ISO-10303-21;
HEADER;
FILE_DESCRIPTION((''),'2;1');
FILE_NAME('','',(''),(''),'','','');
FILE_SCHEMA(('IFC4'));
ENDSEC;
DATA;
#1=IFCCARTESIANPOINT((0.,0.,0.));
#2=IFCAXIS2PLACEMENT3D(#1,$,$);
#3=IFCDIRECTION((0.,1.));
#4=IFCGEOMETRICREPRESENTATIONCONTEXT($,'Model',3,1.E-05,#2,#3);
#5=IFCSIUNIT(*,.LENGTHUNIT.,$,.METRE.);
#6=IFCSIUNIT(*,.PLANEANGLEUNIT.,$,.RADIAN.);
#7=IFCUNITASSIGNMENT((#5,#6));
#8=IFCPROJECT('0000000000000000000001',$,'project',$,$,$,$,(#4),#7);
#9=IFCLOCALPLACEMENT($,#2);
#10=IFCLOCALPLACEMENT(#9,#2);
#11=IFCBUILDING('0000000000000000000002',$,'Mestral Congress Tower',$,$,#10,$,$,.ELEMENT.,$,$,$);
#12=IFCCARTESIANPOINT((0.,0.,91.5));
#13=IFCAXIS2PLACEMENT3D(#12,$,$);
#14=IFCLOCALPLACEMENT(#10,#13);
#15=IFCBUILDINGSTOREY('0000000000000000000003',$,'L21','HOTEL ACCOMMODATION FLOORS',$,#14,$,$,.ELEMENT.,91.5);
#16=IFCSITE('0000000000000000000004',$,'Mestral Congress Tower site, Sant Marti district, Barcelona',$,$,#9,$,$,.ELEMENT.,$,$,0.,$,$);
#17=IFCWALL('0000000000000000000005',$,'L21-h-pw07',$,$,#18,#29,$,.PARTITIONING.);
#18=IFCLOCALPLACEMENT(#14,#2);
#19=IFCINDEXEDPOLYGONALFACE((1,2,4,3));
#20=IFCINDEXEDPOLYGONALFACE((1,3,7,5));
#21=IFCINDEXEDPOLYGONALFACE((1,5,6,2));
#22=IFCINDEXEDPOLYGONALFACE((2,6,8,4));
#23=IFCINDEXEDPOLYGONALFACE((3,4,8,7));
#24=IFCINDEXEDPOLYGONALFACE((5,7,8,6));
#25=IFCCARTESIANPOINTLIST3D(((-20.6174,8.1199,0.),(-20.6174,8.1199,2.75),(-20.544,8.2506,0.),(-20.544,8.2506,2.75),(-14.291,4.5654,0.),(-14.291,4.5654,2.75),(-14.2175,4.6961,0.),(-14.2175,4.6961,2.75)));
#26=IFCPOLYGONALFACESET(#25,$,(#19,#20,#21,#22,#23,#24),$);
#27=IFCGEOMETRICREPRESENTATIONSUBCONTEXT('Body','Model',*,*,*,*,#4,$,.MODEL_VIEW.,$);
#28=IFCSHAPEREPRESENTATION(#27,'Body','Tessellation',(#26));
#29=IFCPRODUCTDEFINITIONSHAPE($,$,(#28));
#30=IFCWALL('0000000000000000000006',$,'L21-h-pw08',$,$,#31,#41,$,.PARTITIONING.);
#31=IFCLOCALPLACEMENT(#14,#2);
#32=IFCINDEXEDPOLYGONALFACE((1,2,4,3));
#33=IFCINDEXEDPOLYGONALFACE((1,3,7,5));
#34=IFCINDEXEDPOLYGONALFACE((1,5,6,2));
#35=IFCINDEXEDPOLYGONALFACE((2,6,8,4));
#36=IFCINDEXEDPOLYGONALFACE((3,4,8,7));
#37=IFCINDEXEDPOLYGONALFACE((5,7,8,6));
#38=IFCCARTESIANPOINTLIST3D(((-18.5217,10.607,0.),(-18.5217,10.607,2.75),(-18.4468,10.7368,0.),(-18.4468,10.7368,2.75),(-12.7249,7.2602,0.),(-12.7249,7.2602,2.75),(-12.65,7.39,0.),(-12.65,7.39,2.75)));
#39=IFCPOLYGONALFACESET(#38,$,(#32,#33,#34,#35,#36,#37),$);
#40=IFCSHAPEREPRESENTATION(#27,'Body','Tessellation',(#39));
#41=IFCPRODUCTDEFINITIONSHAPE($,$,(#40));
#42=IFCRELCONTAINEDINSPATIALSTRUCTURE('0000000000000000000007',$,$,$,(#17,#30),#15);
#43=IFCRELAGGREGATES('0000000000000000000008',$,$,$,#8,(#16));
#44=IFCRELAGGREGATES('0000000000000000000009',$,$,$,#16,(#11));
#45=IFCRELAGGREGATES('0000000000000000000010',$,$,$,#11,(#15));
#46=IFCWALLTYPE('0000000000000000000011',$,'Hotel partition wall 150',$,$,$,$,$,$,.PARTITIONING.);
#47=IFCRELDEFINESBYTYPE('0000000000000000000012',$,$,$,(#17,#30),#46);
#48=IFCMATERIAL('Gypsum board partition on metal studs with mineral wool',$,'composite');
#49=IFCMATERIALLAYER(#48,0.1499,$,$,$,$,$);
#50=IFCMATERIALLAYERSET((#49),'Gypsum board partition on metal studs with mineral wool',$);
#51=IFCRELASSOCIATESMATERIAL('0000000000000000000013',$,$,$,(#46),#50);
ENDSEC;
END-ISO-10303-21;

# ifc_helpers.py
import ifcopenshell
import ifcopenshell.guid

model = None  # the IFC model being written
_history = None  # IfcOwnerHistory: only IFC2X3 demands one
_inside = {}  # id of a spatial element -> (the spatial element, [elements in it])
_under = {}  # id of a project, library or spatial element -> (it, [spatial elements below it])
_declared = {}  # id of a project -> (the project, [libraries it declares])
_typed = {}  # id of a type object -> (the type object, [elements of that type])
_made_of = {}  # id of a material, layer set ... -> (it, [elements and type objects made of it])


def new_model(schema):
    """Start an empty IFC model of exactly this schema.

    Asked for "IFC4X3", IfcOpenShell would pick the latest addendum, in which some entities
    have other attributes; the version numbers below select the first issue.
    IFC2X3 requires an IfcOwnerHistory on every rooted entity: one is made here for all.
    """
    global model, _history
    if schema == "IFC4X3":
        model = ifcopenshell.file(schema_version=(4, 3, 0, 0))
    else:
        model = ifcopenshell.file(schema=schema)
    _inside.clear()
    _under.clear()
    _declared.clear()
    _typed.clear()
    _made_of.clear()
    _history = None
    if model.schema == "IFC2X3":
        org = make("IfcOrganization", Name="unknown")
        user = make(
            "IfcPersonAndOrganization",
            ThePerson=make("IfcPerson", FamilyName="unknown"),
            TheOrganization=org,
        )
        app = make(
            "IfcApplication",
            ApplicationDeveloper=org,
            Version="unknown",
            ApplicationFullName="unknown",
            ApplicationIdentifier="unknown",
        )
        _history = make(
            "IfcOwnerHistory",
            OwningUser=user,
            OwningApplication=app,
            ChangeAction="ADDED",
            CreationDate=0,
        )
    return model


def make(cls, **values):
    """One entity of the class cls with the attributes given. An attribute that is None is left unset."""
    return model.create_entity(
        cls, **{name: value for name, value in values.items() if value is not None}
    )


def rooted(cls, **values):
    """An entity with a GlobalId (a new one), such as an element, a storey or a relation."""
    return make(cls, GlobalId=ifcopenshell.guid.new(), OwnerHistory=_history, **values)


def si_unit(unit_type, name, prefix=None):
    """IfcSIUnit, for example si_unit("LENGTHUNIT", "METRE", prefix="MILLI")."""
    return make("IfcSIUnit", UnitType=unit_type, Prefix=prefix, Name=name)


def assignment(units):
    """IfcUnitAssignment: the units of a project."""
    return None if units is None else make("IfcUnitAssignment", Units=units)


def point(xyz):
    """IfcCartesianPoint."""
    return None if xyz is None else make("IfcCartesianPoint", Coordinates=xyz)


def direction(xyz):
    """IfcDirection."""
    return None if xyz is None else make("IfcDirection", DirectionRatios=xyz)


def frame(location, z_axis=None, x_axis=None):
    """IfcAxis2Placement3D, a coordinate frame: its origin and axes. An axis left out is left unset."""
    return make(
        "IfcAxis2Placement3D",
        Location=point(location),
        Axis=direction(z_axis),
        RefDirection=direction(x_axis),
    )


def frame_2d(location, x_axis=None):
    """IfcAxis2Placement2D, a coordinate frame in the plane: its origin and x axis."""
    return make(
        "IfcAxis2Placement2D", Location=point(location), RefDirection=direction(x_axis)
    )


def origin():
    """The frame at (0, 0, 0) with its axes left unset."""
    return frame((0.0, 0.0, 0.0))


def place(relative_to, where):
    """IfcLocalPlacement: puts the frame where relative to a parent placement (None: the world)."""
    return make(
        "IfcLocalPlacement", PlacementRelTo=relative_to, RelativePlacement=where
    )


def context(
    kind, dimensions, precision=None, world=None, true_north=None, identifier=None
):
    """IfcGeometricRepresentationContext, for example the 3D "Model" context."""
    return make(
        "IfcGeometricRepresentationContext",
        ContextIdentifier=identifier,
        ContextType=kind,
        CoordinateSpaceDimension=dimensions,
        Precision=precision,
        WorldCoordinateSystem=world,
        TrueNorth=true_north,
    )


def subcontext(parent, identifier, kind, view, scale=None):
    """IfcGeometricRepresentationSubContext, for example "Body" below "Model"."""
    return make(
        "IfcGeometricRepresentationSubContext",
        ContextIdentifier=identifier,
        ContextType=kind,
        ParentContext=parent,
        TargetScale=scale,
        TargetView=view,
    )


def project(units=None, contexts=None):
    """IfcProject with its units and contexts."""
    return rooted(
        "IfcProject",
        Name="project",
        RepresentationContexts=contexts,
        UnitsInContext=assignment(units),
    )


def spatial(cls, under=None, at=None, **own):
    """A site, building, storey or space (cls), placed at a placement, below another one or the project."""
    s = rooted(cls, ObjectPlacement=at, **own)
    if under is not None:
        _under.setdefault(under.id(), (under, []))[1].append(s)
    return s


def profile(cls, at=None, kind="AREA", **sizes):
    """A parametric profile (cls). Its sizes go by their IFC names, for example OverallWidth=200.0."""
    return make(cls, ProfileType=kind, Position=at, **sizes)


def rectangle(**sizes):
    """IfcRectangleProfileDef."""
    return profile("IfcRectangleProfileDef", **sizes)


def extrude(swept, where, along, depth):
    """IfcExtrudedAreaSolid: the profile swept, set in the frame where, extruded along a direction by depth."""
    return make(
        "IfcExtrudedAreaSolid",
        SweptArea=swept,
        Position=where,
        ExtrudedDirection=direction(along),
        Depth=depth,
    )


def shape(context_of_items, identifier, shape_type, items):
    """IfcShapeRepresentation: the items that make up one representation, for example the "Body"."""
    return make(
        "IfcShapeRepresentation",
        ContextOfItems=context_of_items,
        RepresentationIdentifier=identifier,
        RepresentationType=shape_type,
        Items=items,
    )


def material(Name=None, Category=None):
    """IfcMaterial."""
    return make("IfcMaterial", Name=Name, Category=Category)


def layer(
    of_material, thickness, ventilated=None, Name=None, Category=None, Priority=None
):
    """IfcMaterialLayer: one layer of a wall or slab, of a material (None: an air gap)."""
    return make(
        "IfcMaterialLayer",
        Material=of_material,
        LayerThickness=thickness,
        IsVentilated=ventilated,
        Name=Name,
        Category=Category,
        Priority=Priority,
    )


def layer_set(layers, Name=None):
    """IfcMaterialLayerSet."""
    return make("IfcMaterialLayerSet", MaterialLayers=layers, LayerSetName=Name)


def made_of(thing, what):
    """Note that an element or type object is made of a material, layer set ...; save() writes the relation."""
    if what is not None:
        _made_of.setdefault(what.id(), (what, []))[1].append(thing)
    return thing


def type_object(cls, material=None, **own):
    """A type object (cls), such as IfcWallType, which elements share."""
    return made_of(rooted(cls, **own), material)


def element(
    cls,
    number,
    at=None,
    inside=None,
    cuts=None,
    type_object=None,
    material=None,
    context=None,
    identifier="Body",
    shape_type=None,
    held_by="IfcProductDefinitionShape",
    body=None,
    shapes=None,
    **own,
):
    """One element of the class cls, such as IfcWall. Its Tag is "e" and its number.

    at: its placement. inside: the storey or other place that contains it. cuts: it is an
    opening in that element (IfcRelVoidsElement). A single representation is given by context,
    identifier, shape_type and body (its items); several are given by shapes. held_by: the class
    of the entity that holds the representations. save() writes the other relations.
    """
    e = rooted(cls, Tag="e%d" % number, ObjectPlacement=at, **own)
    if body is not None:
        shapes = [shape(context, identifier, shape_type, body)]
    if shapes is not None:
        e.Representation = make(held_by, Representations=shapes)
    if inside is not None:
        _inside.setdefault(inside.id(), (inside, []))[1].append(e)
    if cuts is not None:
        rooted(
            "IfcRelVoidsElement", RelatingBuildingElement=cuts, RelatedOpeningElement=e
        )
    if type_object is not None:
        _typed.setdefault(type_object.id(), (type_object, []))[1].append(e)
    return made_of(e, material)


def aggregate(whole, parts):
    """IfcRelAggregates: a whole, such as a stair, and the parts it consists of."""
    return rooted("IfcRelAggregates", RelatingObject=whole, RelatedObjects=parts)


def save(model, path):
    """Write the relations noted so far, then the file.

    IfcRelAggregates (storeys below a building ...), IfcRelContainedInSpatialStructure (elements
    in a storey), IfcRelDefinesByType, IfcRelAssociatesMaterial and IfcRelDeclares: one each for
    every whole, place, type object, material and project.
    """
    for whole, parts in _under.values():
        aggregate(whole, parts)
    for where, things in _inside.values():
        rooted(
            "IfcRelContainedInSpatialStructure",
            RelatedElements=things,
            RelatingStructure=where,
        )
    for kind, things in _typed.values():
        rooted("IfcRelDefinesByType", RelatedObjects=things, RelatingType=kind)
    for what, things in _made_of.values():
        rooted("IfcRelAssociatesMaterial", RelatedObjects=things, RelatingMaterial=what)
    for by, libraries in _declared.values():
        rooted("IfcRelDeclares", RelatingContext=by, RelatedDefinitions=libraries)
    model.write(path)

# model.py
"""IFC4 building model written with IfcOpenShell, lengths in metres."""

from ifc_helpers import new_model, si_unit, direction, frame, frame_2d, origin, place, context, subcontext, project, spatial, rectangle, extrude, material, layer, layer_set, type_object, element, save


model = new_model("IFC4")

# Units and contexts
model_context = context("Model", 3, precision=1e-05, world=origin(), true_north=direction((0.0, 1.0)))
body_context = subcontext(model_context, "Body", "Model", "MODEL_VIEW")
ifc_project = project(units=[si_unit("LENGTHUNIT", "METRE"), si_unit("PLANEANGLEUNIT", "RADIAN")], contexts=[model_context])

# Site, building, storey
site_placement = place(None, origin())
site = spatial("IfcSite", under=ifc_project, at=site_placement, Name="Mestral Congress Tower site, Sant Marti district, Barcelona", CompositionType="ELEMENT", RefElevation=0.0)
building_placement = place(site_placement, origin())
building = spatial("IfcBuilding", under=site, at=building_placement, Name="Mestral Congress Tower", CompositionType="ELEMENT")
storey_placement = place(building_placement, frame((0.0, 0.0, 91.5)))
storey = spatial("IfcBuildingStorey", under=building, at=storey_placement, Name="L21", Description="HOTEL ACCOMMODATION FLOORS", CompositionType="ELEMENT", Elevation=91.5)

# Walls
ifc_material_1 = material(Name="Gypsum board partition on metal studs with mineral wool", Category="composite")
ifc_layer_1 = layer(ifc_material_1, 0.1499)
ifc_layer_set_1 = layer_set([ifc_layer_1], Name="Gypsum board partition on metal studs with mineral wool")
wall_type_1 = type_object("IfcWallType", Name="Hotel partition wall 150", PredefinedType="PARTITIONING", material=ifc_layer_set_1)
wall_1_placement = place(storey_placement, frame((-20.5808, 8.1853, 0.0), z_axis=(0.0, 0.0, 1.0), x_axis=(0.871821, -0.489825, 0.0)))
element("IfcWall", 1, at=wall_1_placement, inside=storey, type_object=wall_type_1, Name="L21-h-pw07", PredefinedType="PARTITIONING", context=body_context, shape_type="SweptSolid", body=[
    extrude(rectangle(XDim=7.2566, YDim=0.1499, at=frame_2d((3.6284, 0.0))), origin(), (0.0, 0.0, 1.0), 2.75),
])
wall_2_placement = place(storey_placement, frame((-18.4841, 10.6719, 0.0), z_axis=(0.0, 0.0, 1.0), x_axis=(0.866019, -0.500011, 0.0)))
element("IfcWall", 2, at=wall_2_placement, inside=storey, type_object=wall_type_1, Name="L21-h-pw08", PredefinedType="PARTITIONING", context=body_context, shape_type="SweptSolid", body=[
    extrude(rectangle(XDim=6.6936, YDim=0.1499, at=frame_2d((3.3467, 0.0))), origin(), (0.0, 0.0, 1.0), 2.75),
])

save(model, "model.ifc")
